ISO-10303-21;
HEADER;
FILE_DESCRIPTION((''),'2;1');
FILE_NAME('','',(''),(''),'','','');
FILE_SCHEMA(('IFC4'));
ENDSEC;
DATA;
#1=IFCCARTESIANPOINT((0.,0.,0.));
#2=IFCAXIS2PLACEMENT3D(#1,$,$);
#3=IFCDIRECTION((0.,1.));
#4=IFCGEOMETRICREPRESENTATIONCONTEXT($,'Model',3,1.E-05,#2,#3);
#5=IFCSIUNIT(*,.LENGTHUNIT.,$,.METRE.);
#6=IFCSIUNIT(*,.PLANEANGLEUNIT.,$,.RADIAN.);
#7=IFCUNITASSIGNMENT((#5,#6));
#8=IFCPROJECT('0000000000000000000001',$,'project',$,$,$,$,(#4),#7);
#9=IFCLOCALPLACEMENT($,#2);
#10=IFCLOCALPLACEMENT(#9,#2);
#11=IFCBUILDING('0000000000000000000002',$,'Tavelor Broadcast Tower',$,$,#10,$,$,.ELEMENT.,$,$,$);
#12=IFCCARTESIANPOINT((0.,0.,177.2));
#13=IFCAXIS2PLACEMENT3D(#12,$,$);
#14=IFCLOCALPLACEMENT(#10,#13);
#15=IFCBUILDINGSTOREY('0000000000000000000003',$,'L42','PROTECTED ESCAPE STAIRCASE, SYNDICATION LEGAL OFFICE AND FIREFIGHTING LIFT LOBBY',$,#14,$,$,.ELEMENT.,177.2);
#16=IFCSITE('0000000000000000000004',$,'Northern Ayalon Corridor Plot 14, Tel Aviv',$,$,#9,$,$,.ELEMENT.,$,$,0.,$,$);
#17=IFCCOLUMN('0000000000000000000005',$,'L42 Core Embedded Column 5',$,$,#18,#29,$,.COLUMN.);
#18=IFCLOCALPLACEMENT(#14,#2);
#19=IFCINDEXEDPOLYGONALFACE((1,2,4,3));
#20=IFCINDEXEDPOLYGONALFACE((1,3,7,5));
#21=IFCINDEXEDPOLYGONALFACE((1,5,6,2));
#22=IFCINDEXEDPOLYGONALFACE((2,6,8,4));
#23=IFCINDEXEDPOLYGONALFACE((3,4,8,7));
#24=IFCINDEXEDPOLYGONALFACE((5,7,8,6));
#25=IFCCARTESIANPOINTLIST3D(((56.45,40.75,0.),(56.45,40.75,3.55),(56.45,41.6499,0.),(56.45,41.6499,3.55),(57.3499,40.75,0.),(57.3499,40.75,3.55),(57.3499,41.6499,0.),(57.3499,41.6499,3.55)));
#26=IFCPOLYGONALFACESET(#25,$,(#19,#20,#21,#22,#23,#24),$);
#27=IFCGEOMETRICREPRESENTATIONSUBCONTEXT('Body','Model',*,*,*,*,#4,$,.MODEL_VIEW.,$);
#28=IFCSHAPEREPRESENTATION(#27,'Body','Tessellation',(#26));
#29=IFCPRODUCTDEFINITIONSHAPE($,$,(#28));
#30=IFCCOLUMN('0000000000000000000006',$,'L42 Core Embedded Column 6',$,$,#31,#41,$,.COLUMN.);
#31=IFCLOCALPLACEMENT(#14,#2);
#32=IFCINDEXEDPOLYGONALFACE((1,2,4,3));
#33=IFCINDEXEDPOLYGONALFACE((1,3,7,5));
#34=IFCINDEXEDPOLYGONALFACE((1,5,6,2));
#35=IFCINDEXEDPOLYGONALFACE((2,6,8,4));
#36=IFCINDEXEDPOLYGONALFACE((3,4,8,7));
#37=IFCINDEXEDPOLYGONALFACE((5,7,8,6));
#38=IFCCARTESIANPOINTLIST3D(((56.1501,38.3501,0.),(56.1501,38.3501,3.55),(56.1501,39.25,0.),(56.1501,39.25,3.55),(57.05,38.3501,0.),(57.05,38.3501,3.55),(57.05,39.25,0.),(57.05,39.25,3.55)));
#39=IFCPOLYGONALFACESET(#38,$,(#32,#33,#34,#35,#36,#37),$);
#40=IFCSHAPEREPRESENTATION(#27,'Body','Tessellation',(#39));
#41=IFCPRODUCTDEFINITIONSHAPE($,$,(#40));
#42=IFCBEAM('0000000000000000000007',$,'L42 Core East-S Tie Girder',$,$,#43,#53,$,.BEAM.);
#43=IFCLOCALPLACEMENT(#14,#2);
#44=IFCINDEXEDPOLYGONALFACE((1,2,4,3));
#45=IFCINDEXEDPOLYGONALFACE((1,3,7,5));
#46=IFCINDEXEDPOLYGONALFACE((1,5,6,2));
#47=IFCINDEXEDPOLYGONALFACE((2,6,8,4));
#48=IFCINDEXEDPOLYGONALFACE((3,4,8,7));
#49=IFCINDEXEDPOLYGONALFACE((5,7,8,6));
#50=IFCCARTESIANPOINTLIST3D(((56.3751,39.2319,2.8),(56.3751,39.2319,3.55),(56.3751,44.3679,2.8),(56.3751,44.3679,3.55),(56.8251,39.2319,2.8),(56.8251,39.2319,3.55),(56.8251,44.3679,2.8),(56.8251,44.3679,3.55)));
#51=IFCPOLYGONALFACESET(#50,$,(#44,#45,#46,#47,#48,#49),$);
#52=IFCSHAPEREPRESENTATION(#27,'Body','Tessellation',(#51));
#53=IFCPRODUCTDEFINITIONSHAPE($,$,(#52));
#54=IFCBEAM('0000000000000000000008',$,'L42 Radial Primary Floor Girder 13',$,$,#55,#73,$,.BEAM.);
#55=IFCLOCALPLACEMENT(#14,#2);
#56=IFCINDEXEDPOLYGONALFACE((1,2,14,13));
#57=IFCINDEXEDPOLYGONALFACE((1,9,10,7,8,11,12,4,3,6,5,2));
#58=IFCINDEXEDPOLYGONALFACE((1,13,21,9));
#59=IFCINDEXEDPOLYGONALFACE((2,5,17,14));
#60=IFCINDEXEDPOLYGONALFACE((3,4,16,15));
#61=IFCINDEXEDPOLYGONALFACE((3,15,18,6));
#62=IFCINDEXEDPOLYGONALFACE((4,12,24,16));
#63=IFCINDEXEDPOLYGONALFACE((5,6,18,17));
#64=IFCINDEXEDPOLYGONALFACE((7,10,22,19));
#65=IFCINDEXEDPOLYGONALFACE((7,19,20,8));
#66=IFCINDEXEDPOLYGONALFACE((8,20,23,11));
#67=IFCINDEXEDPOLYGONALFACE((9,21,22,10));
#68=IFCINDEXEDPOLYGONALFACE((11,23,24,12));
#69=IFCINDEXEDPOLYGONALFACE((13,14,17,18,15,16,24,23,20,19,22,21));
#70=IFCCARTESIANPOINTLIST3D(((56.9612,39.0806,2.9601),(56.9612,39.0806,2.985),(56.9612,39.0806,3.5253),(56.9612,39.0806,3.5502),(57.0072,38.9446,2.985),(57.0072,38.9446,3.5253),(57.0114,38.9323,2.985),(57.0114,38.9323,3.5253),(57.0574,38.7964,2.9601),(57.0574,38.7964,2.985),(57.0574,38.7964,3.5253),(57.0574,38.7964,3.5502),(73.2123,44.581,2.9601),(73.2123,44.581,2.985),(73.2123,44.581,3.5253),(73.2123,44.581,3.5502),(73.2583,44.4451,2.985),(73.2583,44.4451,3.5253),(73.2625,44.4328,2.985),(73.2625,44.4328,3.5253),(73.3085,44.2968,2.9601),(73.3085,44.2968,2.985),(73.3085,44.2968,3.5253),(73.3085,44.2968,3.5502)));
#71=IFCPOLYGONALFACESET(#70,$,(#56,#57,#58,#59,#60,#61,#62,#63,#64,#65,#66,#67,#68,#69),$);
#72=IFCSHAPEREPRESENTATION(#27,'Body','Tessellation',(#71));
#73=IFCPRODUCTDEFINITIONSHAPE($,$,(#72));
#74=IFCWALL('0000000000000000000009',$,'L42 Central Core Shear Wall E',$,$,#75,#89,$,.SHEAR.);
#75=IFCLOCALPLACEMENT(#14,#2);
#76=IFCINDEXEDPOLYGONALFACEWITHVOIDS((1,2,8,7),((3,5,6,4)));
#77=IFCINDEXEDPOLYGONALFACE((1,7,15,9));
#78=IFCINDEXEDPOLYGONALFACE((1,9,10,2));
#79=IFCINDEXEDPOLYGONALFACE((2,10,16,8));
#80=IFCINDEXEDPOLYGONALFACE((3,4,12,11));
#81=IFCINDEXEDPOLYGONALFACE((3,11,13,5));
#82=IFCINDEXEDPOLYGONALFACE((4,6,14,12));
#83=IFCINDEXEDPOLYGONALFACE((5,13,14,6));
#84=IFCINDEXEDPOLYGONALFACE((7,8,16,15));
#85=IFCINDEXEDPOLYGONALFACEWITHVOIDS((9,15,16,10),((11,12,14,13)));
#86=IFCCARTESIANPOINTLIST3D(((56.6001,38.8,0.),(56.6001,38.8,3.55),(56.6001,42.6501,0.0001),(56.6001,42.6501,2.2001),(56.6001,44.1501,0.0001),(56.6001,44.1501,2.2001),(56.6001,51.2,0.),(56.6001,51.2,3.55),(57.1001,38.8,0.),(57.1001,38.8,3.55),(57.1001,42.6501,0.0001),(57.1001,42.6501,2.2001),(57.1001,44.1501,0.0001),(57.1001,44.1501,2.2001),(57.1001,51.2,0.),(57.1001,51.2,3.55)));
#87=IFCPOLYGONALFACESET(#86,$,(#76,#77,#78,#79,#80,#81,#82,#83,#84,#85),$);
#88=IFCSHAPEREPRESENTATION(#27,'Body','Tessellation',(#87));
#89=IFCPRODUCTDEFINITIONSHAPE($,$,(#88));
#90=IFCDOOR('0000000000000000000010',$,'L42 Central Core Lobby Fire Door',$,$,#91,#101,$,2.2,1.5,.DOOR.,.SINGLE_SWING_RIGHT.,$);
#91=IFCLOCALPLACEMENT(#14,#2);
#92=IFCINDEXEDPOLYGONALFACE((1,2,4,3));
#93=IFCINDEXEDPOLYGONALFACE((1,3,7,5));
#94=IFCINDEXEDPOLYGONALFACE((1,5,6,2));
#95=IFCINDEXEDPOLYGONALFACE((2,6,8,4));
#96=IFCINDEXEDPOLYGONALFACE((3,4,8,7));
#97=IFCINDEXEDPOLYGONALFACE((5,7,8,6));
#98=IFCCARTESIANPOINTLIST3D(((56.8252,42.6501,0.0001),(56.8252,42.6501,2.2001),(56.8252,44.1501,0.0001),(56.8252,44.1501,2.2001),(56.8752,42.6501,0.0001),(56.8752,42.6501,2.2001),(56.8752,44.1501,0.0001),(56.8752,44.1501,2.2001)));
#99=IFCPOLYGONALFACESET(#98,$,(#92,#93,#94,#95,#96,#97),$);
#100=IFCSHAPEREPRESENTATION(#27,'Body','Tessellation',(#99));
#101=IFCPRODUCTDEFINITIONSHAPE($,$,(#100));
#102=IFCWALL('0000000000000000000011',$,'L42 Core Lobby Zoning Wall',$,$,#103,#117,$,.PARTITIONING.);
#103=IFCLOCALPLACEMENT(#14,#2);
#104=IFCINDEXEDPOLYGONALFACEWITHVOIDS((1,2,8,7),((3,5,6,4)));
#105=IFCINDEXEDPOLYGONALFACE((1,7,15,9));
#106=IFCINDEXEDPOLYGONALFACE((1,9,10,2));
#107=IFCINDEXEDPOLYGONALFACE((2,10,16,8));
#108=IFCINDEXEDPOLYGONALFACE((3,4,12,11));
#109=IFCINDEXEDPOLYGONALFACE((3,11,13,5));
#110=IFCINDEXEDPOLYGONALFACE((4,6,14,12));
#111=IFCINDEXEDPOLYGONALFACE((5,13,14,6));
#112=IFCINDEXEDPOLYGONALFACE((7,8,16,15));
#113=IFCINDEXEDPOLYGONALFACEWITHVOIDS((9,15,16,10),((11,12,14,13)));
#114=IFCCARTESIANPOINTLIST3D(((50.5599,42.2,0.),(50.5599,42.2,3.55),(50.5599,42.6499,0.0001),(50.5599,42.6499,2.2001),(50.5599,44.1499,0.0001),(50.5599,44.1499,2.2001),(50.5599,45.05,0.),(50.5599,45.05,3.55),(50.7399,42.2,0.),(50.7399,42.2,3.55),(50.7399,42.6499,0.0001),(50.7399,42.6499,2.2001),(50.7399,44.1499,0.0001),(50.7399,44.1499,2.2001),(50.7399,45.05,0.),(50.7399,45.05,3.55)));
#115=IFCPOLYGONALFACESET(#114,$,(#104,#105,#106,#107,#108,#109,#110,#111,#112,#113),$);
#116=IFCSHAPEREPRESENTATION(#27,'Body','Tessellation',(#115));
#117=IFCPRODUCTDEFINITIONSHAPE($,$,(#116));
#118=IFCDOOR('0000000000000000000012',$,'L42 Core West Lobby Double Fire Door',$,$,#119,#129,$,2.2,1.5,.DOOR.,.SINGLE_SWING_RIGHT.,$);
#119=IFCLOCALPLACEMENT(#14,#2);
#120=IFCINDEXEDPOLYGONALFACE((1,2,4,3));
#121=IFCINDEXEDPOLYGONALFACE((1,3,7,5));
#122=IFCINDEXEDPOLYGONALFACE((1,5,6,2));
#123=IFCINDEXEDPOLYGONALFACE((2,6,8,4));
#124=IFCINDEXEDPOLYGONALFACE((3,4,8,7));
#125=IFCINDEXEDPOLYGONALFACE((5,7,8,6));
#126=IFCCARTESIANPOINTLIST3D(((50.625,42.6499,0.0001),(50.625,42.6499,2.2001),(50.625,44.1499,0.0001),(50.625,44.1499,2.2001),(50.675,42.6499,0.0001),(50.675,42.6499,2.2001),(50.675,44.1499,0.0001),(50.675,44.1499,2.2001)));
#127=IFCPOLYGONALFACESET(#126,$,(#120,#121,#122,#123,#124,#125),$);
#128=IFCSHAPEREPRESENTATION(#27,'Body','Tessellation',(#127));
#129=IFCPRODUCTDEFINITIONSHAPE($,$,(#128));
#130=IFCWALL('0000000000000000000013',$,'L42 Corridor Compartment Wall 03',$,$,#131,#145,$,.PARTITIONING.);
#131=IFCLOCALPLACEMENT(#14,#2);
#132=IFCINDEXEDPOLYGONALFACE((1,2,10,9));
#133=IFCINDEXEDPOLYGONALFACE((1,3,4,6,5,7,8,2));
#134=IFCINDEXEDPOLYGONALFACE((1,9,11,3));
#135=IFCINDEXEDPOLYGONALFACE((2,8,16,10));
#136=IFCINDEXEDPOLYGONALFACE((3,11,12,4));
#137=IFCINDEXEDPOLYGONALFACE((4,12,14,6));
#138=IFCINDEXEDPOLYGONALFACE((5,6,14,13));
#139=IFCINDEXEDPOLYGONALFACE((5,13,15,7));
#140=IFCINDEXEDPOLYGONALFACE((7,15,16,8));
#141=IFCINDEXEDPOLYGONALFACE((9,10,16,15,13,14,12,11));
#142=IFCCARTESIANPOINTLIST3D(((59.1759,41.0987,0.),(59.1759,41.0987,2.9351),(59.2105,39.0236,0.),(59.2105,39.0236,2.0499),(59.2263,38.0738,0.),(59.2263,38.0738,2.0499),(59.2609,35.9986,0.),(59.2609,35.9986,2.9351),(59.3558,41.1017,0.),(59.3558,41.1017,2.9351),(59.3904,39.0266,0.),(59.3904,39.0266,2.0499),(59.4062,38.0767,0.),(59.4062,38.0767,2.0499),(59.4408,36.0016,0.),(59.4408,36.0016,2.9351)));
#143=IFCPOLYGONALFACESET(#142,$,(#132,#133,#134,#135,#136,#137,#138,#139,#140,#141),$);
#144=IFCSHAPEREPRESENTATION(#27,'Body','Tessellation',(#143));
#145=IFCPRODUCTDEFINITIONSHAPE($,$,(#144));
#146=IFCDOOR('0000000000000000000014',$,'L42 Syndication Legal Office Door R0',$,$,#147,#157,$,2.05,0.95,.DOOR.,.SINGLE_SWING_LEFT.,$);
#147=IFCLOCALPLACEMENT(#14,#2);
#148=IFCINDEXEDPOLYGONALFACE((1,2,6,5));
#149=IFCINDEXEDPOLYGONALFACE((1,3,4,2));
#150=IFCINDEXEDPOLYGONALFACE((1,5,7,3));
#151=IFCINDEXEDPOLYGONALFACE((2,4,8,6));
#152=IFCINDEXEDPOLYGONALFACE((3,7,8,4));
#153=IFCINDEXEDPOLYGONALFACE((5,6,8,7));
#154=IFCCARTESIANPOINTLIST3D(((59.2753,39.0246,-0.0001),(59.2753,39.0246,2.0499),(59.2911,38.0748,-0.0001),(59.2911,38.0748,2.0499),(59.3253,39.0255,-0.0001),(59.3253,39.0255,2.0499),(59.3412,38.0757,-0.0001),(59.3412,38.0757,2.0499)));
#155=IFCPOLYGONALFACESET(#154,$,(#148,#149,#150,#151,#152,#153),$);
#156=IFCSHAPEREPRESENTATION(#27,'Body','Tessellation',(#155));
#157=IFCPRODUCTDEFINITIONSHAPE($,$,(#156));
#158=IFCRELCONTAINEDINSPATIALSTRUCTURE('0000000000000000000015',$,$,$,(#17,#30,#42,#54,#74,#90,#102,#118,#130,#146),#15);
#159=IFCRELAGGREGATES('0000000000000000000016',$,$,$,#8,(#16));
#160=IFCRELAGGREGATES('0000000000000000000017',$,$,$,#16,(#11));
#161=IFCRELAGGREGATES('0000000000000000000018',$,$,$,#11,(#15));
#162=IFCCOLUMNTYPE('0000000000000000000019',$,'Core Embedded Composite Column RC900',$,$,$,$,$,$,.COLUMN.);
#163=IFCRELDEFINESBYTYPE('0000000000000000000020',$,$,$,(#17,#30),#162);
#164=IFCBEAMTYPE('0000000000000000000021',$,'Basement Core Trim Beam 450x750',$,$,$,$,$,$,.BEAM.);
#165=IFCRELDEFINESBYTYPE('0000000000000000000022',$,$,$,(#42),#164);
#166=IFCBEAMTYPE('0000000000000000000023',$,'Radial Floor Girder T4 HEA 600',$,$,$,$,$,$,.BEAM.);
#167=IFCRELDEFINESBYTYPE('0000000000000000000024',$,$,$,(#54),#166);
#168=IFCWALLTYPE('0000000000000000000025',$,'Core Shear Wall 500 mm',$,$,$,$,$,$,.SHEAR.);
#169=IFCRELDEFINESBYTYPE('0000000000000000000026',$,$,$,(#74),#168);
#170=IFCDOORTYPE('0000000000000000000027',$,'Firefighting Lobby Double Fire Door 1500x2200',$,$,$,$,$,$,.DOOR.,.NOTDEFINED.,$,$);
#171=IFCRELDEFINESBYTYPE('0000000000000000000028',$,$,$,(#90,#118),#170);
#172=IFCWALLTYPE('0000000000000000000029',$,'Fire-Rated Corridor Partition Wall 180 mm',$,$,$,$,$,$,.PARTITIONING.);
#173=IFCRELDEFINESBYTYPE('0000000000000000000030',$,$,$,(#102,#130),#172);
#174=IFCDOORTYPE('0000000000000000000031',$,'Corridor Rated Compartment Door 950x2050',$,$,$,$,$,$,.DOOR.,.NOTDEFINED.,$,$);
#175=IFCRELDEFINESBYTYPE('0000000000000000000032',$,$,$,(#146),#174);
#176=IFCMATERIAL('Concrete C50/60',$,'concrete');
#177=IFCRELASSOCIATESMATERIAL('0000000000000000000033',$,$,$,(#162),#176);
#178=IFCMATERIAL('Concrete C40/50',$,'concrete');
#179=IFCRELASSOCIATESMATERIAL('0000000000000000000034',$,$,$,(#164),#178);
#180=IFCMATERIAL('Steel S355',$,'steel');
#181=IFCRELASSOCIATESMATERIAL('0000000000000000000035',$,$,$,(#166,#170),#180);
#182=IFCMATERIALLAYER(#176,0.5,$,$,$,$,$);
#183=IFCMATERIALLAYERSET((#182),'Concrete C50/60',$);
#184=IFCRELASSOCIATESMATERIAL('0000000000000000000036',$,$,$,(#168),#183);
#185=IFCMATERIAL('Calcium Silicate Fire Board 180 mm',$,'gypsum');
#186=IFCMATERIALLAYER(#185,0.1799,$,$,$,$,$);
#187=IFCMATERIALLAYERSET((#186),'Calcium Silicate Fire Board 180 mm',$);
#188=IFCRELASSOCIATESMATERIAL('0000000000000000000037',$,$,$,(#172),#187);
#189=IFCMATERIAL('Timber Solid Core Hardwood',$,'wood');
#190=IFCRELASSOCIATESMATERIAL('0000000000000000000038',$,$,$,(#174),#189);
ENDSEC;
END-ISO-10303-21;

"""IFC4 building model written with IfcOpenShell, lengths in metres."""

from ifc_helpers import new_model, si_unit, direction, frame, frame_2d, origin, origin_2d, place, context, subcontext, project, spatial, rectangle, i_section, extrude, material, layer, layer_set, material_profile, profile_set, type_object, element, fill, save


model = new_model("IFC4")

# Units and contexts
model_context = context("Model", 3, precision=1e-05, world=origin(), true_north=direction((0.0, 1.0)))
body_context = subcontext(model_context, "Body", "Model", "MODEL_VIEW")
ifc_project = project(units=[si_unit("LENGTHUNIT", "METRE"), si_unit("PLANEANGLEUNIT", "RADIAN")], contexts=[model_context])

# Site, building, storey
site_placement = place(None, origin())
site = spatial("IfcSite", under=ifc_project, at=site_placement, Name="Northern Ayalon Corridor Plot 14, Tel Aviv", CompositionType="ELEMENT", RefElevation=0.0)
building_placement = place(site_placement, origin())
building = spatial("IfcBuilding", under=site, at=building_placement, Name="Tavelor Broadcast Tower", CompositionType="ELEMENT")
storey_placement = place(building_placement, frame((0.0, 0.0, 177.2)))
storey = spatial("IfcBuildingStorey", under=building, at=storey_placement, Name="L42", Description="PROTECTED ESCAPE STAIRCASE, SYNDICATION LEGAL OFFICE AND FIREFIGHTING LIFT LOBBY", CompositionType="ELEMENT", Elevation=177.2)

# Columns
ifc_material_1 = material(Name="Concrete C50/60", Category="concrete")
ifc_material_profile_1 = material_profile(ifc_material_1, rectangle(XDim=0.8999, YDim=0.8999, at=origin_2d()), Name="RC 900x900")
ifc_profile_set_1 = profile_set([ifc_material_profile_1], Name="Concrete C50/60")
column_type = type_object("IfcColumnType", Name="Core Embedded Composite Column RC900", PredefinedType="COLUMN", material=ifc_profile_set_1)
for number, where, z_axis, x_axis, name in (
    (1, (56.8999, 41.2, 0.0), (0.0, 0.0, 1.0), (1.0, 0.0, 0.0), "L42 Core Embedded Column 5"),
    (2, (56.6001, 38.8, 0.0), (0.0, 0.0, 1.0), (1.0, 0.0, 0.0), "L42 Core Embedded Column 6"),
):
    element("IfcColumn", number, at=place(storey_placement, frame(where, z_axis=z_axis, x_axis=x_axis)), inside=storey, type_object=column_type, Name=name, PredefinedType="COLUMN", context=body_context, shape_type="SweptSolid", body=[
        extrude(rectangle(XDim=0.8999, YDim=0.8999, at=origin_2d()), origin(), (0.0, 0.0, 1.0), 3.55),
    ])

# Beams
ifc_material_2 = material(Name="Concrete C40/50", Category="concrete")
ifc_material_profile_2 = material_profile(ifc_material_2, rectangle(XDim=0.45, YDim=0.75, at=origin_2d()), Name="RC 450x750")
ifc_profile_set_2 = profile_set([ifc_material_profile_2], Name="Concrete C40/50")
beam_type_1 = type_object("IfcBeamType", Name="Basement Core Trim Beam 450x750", PredefinedType="BEAM", material=ifc_profile_set_2)
beam_1_placement = place(storey_placement, frame((56.6001, 39.2319, 3.175), z_axis=(0.0, 1.0, 0.0), x_axis=(-1.0, 0.0, 0.0)))
element("IfcBeam", 3, at=beam_1_placement, inside=storey, type_object=beam_type_1, Name="L42 Core East-S Tie Girder", PredefinedType="BEAM", context=body_context, shape_type="SweptSolid", body=[
    extrude(rectangle(XDim=0.45, YDim=0.75, at=origin_2d()), origin(), (0.0, 0.0, 1.0), 5.136),
])
ifc_material_3 = material(Name="Steel S355", Category="steel")
ifc_material_profile_3 = material_profile(ifc_material_3, i_section(OverallWidth=0.3, OverallDepth=0.5901, WebThickness=0.0129, FlangeThickness=0.0249, at=origin_2d()), Name="HEA 600")
ifc_profile_set_3 = profile_set([ifc_material_profile_3], Name="Steel S355")
beam_type_2 = type_object("IfcBeamType", Name="Radial Floor Girder T4 HEA 600", PredefinedType="BEAM", material=ifc_profile_set_3)
beam_2_placement = place(storey_placement, frame((57.0093, 38.9385, 3.2551), z_axis=(0.947215, 0.3206, 0.0), x_axis=(-0.3206, 0.947215, 0.0)))
element("IfcBeam", 4, at=beam_2_placement, inside=storey, type_object=beam_type_2, Name="L42 Radial Primary Floor Girder 13", PredefinedType="BEAM", context=body_context, shape_type="SweptSolid", body=[
    extrude(i_section(OverallWidth=0.3, OverallDepth=0.5901, WebThickness=0.0129, FlangeThickness=0.0249, at=origin_2d()), origin(), (0.0, 0.0, 1.0), 17.1567),
])

# Walls, openings, doors
ifc_layer_1 = layer(ifc_material_1, 0.5)
ifc_layer_set_1 = layer_set([ifc_layer_1], Name="Concrete C50/60")
wall_type_1 = type_object("IfcWallType", Name="Core Shear Wall 500 mm", PredefinedType="SHEAR", material=ifc_layer_set_1)
wall_1_placement = place(storey_placement, frame((56.8501, 38.8, 0.0), z_axis=(0.0, 0.0, 1.0), x_axis=(0.0, 1.0, 0.0)))
wall_1 = element("IfcWall", 5, at=wall_1_placement, inside=storey, type_object=wall_type_1, Name="L42 Central Core Shear Wall E", PredefinedType="SHEAR", context=body_context, shape_type="SweptSolid", body=[
    extrude(rectangle(XDim=12.3999, YDim=0.5, at=frame_2d((6.2, 0.0))), origin(), (0.0, 0.0, 1.0), 3.55),
])
opening_1_placement = place(wall_1_placement, frame((3.8501, 0.0, 0.0)))
opening_1 = element("IfcOpeningElement", 6, at=opening_1_placement, cuts=wall_1, PredefinedType="OPENING", context=body_context, shape_type="SweptSolid", body=[
    extrude(rectangle(XDim=1.5, YDim=2.2, at=frame_2d((0.75, 1.1001))), frame((0.0, 0.26, 0.0), z_axis=(0.0, -1.0, 0.0), x_axis=(1.0, 0.0, 0.0)), (0.0, 0.0, 1.0), 0.52),
])
door_type_1 = type_object("IfcDoorType", Name="Firefighting Lobby Double Fire Door 1500x2200", OperationType="NOTDEFINED", PredefinedType="DOOR", material=ifc_material_3)
door_1_placement = place(opening_1_placement, origin())
door_1 = element("IfcDoor", 7, at=door_1_placement, inside=storey, type_object=door_type_1, Name="L42 Central Core Lobby Fire Door", OperationType="SINGLE_SWING_RIGHT", OverallHeight=2.2, OverallWidth=1.5, PredefinedType="DOOR", context=body_context, shape_type="SweptSolid", body=[
    extrude(rectangle(XDim=1.5, YDim=2.2, at=frame_2d((0.75, 1.1001))), frame((0.0, 0.0249, 0.0), z_axis=(0.0, -1.0, 0.0), x_axis=(1.0, 0.0, 0.0)), (0.0, 0.0, 1.0), 0.05),
])
fill(opening_1, door_1)
ifc_material_4 = material(Name="Calcium Silicate Fire Board 180 mm", Category="gypsum")
ifc_layer_2 = layer(ifc_material_4, 0.1799)
ifc_layer_set_2 = layer_set([ifc_layer_2], Name="Calcium Silicate Fire Board 180 mm")
wall_type_2 = type_object("IfcWallType", Name="Fire-Rated Corridor Partition Wall 180 mm", PredefinedType="PARTITIONING", material=ifc_layer_set_2)
wall_2_placement = place(storey_placement, frame((50.6499, 42.2, 0.0), z_axis=(0.0, 0.0, 1.0), x_axis=(0.0, 1.0, 0.0)))
wall_2 = element("IfcWall", 8, at=wall_2_placement, inside=storey, type_object=wall_type_2, Name="L42 Core Lobby Zoning Wall", PredefinedType="PARTITIONING", context=body_context, shape_type="SweptSolid", body=[
    extrude(rectangle(XDim=2.8501, YDim=0.1799, at=frame_2d((1.425, 0.0))), origin(), (0.0, 0.0, 1.0), 3.55),
])
opening_2_placement = place(wall_2_placement, frame((0.45, 0.0, 0.0)))
opening_2 = element("IfcOpeningElement", 9, at=opening_2_placement, cuts=wall_2, PredefinedType="OPENING", context=body_context, shape_type="SweptSolid", body=[
    extrude(rectangle(XDim=1.5, YDim=2.2, at=frame_2d((0.75, 1.1001))), frame((0.0, 0.1001, 0.0), z_axis=(0.0, -1.0, 0.0), x_axis=(1.0, 0.0, 0.0)), (0.0, 0.0, 1.0), 0.2),
])
door_2_placement = place(opening_2_placement, origin())
door_2 = element("IfcDoor", 10, at=door_2_placement, inside=storey, type_object=door_type_1, Name="L42 Core West Lobby Double Fire Door", OperationType="SINGLE_SWING_RIGHT", OverallHeight=2.2, OverallWidth=1.5, PredefinedType="DOOR", context=body_context, shape_type="SweptSolid", body=[
    extrude(rectangle(XDim=1.5, YDim=2.2, at=frame_2d((0.75, 1.1001))), frame((0.0, 0.0249, 0.0), z_axis=(0.0, -1.0, 0.0), x_axis=(1.0, 0.0, 0.0)), (0.0, 0.0, 1.0), 0.05),
])
fill(opening_2, door_2)
wall_3_placement = place(storey_placement, frame((59.2659, 41.1001, 0.0), z_axis=(0.0, 0.0, 1.0), x_axis=(0.016656, -0.999861, 0.0)))
wall_3 = element("IfcWall", 11, at=wall_3_placement, inside=storey, type_object=wall_type_2, Name="L42 Corridor Compartment Wall 03", PredefinedType="PARTITIONING", context=body_context, shape_type="SweptSolid", body=[
    extrude(rectangle(XDim=5.1008, YDim=0.1799, at=frame_2d((2.5503, 0.0))), origin(), (0.0, 0.0, 1.0), 2.9351),
])
opening_3_placement = place(wall_3_placement, frame((2.0752, 0.0, 0.0)))
opening_3 = element("IfcOpeningElement", 12, at=opening_3_placement, cuts=wall_3, PredefinedType="OPENING", context=body_context, shape_type="SweptSolid", body=[
    extrude(rectangle(XDim=0.95, YDim=2.05, at=frame_2d((0.4751, 1.0249))), frame((0.0, 0.1001, 0.0), z_axis=(0.0, -1.0, 0.0), x_axis=(1.0, 0.0, 0.0)), (0.0, 0.0, 1.0), 0.2),
])
ifc_material_5 = material(Name="Timber Solid Core Hardwood", Category="wood")
door_type_2 = type_object("IfcDoorType", Name="Corridor Rated Compartment Door 950x2050", OperationType="NOTDEFINED", PredefinedType="DOOR", material=ifc_material_5)
door_3_placement = place(opening_3_placement, origin())
door_3 = element("IfcDoor", 13, at=door_3_placement, inside=storey, type_object=door_type_2, Name="L42 Syndication Legal Office Door R0", OperationType="SINGLE_SWING_LEFT", OverallHeight=2.05, OverallWidth=0.95, PredefinedType="DOOR", context=body_context, shape_type="SweptSolid", body=[
    extrude(rectangle(XDim=0.95, YDim=2.05, at=frame_2d((0.4751, 1.0249))), frame((0.0, 0.0249, 0.0), z_axis=(0.0, -1.0, 0.0), x_axis=(1.0, 0.0, 0.0)), (0.0, 0.0, 1.0), 0.05),
])
fill(opening_3, door_3)

save(model, "model.ifc")
